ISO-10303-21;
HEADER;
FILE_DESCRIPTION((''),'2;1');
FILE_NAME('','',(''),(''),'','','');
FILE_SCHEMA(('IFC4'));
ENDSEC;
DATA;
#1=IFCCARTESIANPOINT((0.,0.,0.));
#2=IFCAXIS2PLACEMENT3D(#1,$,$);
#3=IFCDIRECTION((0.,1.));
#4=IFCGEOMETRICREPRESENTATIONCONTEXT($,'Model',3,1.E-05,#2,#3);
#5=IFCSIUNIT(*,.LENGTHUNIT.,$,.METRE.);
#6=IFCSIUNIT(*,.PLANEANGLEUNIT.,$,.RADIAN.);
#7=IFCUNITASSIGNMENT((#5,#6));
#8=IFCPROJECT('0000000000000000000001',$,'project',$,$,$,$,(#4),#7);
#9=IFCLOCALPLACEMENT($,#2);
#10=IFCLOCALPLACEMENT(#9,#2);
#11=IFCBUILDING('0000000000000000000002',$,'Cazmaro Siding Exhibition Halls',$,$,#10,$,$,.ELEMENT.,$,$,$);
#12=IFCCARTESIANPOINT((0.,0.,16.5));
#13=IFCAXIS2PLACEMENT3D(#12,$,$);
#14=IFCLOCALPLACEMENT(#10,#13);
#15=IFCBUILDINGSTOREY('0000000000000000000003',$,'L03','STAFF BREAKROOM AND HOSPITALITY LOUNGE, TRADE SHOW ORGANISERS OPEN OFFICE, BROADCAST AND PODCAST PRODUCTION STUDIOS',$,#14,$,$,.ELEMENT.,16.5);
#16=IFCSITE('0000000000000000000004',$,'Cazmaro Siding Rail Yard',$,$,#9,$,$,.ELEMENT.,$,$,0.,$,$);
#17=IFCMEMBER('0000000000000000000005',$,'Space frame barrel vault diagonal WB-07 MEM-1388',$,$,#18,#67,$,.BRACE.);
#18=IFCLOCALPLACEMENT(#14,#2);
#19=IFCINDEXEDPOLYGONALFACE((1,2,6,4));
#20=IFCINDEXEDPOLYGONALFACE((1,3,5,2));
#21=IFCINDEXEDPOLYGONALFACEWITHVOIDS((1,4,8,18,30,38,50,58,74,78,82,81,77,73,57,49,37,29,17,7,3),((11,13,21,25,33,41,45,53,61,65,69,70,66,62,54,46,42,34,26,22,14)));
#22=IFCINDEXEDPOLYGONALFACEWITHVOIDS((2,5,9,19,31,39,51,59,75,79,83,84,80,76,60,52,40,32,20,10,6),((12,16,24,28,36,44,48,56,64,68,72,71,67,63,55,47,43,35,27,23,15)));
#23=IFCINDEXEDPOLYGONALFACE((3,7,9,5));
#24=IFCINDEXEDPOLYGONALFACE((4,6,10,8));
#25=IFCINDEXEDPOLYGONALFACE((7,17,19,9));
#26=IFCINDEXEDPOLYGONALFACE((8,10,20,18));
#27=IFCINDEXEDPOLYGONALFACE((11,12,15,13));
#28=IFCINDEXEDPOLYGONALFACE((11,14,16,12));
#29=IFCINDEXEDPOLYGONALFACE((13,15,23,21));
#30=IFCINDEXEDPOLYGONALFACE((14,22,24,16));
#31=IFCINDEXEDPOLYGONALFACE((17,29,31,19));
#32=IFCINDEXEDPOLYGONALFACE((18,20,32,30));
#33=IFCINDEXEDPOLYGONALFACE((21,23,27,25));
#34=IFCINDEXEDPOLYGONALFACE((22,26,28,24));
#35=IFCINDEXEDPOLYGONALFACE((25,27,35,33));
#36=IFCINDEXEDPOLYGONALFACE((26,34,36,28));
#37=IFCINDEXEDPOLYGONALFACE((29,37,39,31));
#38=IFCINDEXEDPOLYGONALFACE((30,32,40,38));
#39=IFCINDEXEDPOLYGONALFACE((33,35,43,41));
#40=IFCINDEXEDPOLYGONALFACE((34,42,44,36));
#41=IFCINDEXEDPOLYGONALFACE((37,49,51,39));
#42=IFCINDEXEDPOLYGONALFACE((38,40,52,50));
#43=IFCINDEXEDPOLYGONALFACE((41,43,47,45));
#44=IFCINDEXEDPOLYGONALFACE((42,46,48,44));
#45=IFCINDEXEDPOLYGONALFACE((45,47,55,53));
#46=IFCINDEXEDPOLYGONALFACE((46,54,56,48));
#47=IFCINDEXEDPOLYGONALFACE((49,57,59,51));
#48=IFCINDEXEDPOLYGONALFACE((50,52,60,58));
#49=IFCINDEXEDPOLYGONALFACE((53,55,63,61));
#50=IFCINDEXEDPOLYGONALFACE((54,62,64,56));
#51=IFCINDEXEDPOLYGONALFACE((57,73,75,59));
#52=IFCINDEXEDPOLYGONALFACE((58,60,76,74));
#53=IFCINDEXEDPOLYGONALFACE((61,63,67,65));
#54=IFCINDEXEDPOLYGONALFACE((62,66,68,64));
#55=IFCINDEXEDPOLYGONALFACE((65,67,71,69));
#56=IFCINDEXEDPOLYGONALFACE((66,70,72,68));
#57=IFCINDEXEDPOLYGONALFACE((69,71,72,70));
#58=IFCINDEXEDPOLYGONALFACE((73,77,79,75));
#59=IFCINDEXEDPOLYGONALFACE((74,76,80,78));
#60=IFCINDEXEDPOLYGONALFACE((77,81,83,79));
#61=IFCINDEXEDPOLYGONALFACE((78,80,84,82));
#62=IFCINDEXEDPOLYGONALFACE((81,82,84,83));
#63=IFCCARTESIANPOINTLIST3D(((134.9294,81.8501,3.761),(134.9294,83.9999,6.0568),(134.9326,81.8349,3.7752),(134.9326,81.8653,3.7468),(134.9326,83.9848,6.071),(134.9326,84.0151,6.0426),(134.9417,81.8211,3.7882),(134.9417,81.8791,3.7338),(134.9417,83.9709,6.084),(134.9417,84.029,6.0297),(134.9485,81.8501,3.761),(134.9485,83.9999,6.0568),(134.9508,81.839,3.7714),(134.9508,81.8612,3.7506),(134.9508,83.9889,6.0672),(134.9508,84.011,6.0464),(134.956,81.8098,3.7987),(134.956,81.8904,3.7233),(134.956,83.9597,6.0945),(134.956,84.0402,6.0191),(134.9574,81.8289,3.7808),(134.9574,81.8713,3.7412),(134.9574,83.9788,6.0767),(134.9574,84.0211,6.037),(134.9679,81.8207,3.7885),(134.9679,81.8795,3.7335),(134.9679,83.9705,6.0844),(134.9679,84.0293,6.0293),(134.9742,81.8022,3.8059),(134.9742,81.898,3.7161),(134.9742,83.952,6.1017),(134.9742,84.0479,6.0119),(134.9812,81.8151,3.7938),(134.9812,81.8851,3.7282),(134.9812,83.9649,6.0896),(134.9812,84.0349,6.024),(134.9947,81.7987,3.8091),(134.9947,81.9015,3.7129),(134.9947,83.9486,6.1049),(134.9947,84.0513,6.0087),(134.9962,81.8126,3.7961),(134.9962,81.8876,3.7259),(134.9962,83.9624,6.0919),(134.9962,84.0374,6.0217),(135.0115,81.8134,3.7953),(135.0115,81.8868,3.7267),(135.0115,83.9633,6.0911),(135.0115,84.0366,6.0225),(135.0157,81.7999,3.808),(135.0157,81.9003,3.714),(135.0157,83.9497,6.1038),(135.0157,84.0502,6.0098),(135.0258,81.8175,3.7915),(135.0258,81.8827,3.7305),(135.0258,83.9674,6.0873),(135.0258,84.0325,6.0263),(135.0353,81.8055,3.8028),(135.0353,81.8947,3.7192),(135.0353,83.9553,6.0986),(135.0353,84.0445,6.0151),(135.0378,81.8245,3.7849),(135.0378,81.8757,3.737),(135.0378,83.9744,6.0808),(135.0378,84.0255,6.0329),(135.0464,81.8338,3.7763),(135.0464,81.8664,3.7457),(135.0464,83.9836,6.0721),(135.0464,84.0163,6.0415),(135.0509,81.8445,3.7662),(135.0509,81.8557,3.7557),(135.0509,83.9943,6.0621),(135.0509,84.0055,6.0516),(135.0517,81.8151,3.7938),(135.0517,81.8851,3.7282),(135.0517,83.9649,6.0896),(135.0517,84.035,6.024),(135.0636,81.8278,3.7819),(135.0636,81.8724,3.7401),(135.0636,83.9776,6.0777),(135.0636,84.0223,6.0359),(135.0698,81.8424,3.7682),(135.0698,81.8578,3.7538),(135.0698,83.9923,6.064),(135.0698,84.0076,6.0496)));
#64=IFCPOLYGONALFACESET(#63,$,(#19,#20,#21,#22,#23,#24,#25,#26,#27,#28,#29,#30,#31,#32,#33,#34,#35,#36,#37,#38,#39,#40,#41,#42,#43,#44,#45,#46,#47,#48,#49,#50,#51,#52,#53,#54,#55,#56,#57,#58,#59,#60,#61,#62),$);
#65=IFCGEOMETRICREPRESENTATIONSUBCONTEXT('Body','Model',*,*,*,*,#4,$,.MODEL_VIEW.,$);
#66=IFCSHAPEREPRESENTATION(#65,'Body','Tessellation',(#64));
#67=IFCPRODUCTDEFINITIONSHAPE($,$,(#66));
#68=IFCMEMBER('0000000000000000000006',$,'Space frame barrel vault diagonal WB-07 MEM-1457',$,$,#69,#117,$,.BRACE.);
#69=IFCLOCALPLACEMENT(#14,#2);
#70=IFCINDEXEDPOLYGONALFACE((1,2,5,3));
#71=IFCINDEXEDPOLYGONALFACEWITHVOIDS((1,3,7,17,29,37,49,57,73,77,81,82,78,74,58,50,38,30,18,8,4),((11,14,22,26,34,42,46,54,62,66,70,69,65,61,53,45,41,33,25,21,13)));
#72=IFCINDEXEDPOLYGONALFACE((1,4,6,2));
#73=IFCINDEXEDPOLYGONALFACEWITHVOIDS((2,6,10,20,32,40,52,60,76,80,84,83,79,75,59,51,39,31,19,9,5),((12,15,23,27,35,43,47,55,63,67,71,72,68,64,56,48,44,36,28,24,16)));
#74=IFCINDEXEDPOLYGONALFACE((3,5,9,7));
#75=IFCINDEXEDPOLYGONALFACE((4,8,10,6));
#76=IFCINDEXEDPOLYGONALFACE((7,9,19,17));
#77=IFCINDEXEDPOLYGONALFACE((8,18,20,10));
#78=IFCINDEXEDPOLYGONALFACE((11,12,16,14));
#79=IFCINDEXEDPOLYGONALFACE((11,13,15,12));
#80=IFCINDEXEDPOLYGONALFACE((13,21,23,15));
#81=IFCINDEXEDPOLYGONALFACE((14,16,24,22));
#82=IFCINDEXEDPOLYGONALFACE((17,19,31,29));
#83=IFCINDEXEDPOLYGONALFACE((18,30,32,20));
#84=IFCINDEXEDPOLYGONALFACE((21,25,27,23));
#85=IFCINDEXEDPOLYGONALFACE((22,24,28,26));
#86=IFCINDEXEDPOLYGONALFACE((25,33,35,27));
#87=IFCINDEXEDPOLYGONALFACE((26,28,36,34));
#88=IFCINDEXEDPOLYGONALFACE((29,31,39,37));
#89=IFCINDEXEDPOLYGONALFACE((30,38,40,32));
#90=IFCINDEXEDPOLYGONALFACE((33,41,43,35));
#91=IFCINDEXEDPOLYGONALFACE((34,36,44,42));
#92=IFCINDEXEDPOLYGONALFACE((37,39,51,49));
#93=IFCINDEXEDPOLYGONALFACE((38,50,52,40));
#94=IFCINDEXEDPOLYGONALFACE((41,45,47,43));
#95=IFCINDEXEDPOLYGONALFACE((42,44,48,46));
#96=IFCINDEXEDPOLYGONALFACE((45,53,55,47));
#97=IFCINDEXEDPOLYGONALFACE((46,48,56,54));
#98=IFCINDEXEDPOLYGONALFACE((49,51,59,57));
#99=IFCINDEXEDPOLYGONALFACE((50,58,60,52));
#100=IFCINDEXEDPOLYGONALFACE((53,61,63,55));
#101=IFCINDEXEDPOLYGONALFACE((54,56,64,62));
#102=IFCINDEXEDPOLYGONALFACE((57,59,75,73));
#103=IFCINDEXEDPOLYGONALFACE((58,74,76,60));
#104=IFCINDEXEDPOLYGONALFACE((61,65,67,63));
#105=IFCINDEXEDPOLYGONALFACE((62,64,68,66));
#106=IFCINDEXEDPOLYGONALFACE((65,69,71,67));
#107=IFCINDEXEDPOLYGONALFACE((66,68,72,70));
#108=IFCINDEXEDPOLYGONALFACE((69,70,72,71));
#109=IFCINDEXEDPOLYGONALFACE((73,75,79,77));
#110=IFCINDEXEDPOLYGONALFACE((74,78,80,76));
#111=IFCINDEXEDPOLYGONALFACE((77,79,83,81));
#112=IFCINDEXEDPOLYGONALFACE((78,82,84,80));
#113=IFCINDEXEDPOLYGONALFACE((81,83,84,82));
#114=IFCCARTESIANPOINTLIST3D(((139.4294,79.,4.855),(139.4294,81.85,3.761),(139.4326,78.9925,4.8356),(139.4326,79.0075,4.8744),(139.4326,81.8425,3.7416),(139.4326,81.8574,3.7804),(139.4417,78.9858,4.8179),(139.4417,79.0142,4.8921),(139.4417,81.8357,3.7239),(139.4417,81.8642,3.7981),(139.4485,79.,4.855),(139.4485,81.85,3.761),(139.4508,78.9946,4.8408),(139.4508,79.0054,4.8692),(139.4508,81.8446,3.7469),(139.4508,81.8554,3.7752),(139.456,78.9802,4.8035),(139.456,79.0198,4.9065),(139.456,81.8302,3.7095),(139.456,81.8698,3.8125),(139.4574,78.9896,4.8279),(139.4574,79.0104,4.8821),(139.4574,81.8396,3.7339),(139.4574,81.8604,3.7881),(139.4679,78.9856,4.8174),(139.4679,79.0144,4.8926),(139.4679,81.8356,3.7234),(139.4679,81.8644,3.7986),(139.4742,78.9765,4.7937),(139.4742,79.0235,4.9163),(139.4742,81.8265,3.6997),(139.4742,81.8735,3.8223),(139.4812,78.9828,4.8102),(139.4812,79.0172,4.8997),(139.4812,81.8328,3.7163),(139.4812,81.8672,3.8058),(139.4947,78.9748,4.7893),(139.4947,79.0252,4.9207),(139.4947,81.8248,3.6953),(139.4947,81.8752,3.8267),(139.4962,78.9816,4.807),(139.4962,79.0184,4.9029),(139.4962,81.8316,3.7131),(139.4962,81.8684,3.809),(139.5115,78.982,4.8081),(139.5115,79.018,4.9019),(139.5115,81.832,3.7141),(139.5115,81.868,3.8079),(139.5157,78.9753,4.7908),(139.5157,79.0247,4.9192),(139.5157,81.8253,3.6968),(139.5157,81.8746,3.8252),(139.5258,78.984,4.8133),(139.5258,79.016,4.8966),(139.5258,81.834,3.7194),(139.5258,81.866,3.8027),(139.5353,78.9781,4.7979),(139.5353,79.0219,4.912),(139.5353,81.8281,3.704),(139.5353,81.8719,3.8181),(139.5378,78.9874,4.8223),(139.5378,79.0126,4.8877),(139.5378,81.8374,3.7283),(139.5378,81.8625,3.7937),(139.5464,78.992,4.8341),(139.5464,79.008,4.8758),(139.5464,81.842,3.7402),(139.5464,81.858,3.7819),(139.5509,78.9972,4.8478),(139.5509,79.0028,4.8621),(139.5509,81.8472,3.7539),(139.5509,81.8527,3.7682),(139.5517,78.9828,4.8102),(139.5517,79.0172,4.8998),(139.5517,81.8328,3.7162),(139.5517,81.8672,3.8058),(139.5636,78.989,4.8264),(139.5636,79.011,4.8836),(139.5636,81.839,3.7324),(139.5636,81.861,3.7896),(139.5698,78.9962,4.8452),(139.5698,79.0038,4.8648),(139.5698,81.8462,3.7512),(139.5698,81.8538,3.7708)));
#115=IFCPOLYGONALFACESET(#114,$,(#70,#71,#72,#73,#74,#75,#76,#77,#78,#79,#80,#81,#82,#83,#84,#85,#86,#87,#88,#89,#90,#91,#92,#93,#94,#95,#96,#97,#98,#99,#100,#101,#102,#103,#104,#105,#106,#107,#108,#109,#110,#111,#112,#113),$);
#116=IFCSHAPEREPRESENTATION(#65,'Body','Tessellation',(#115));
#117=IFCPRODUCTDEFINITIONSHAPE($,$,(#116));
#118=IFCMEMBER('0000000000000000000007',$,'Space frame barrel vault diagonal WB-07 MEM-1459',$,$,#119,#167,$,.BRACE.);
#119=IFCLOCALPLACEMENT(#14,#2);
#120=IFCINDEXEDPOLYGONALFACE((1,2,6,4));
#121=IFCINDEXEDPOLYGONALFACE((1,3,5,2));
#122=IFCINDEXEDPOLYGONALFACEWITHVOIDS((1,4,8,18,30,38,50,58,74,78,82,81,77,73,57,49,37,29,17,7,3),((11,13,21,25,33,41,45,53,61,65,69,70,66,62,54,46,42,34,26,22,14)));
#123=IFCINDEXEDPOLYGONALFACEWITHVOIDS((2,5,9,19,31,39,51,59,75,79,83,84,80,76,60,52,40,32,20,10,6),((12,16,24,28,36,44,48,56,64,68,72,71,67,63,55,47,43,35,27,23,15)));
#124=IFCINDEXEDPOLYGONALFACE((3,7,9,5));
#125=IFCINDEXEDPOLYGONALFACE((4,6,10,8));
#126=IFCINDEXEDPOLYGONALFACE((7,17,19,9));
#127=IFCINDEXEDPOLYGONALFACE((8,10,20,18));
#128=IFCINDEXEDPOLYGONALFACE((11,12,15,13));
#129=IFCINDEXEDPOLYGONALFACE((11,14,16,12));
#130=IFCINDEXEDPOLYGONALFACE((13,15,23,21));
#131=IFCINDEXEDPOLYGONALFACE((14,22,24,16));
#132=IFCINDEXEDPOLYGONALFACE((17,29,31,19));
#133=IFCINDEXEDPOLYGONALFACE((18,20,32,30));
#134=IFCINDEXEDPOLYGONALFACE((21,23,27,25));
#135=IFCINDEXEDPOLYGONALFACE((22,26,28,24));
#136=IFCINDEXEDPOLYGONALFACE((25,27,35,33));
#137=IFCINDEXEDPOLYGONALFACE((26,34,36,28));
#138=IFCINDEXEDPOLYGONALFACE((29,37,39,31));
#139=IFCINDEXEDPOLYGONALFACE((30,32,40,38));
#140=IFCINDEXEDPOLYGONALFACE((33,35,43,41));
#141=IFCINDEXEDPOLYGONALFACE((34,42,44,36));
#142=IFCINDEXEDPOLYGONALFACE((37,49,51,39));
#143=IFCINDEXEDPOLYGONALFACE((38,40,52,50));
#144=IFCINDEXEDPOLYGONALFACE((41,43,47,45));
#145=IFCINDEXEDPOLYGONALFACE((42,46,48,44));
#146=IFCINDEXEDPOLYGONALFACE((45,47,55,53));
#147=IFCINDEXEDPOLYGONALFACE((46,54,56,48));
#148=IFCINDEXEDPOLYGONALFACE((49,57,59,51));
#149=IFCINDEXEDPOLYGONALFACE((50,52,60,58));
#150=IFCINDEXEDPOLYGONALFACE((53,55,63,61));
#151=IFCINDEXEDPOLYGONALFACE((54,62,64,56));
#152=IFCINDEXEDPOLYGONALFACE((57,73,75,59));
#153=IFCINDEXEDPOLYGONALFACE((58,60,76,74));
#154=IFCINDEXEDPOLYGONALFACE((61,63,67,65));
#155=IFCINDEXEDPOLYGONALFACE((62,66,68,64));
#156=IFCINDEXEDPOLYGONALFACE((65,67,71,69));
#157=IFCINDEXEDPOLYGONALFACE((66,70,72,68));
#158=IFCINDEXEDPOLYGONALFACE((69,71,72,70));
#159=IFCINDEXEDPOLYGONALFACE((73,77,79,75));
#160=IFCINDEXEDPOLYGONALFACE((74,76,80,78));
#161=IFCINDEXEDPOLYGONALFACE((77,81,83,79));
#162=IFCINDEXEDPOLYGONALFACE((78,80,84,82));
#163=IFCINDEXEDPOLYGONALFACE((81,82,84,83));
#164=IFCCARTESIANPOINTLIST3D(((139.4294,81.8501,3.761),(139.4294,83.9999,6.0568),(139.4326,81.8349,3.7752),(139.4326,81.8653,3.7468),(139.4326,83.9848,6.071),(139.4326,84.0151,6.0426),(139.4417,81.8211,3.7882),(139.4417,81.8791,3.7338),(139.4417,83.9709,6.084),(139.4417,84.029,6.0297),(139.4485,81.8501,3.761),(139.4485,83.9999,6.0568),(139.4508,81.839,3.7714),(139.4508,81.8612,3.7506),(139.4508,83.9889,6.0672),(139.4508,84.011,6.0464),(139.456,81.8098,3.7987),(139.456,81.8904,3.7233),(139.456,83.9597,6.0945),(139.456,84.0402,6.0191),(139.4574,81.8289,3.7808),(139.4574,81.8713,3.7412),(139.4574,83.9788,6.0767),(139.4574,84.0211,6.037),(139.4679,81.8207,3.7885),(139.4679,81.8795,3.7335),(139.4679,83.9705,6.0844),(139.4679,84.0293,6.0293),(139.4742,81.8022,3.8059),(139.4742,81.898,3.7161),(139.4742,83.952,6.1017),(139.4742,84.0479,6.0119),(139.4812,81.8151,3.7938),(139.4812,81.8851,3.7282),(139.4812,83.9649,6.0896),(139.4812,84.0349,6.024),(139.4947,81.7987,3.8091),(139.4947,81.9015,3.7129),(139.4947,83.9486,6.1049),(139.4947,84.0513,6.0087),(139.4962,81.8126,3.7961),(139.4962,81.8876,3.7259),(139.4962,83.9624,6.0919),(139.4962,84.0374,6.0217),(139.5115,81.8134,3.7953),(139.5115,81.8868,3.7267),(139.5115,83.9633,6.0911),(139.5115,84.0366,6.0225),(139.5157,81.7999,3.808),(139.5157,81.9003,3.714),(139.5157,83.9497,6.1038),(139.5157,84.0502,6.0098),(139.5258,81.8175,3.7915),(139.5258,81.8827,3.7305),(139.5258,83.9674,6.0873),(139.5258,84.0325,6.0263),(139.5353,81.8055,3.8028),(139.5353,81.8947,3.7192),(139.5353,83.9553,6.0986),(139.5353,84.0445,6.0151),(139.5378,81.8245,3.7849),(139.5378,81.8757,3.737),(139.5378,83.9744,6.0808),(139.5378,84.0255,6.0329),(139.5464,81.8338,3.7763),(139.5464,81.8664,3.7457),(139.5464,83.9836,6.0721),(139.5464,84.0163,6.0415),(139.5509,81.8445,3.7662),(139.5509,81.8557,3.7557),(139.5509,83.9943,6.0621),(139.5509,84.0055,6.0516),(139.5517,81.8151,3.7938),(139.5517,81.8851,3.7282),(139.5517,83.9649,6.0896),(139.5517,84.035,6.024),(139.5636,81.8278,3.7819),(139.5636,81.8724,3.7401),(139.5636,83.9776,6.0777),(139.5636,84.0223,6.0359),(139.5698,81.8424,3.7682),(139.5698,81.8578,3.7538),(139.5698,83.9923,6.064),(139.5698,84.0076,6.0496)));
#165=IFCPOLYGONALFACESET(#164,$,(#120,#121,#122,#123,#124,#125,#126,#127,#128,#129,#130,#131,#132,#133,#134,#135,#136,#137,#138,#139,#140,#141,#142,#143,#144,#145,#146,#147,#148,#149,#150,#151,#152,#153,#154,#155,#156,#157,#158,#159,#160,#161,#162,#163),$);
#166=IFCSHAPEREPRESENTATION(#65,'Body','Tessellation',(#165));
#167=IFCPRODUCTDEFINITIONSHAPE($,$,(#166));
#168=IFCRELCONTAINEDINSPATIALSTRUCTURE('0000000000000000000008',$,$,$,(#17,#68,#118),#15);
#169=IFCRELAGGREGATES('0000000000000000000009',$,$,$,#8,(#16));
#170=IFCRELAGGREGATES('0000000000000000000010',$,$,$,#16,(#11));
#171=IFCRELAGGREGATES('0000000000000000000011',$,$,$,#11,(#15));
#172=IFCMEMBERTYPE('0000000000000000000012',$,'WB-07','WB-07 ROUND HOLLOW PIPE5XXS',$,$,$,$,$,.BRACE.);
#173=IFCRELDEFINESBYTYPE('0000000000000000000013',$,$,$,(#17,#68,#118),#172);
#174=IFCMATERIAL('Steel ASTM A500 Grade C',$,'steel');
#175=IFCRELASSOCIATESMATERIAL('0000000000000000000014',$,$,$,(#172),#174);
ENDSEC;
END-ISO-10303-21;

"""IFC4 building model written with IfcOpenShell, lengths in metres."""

from ifc_helpers import new_model, si_unit, direction, frame, origin, origin_2d, place, context, subcontext, project, spatial, hollow_circle, extrude, material, material_profile, profile_set, type_object, element, save


model = new_model("IFC4")

# Units and contexts
model_context = context("Model", 3, precision=1e-05, world=origin(), true_north=direction((0.0, 1.0)))
body_context = subcontext(model_context, "Body", "Model", "MODEL_VIEW")
ifc_project = project(units=[si_unit("LENGTHUNIT", "METRE"), si_unit("PLANEANGLEUNIT", "RADIAN")], contexts=[model_context])

# Site, building, storey
site_placement = place(None, origin())
site = spatial("IfcSite", under=ifc_project, at=site_placement, Name="Cazmaro Siding Rail Yard", CompositionType="ELEMENT", RefElevation=0.0)
building_placement = place(site_placement, origin())
building = spatial("IfcBuilding", under=site, at=building_placement, Name="Cazmaro Siding Exhibition Halls", CompositionType="ELEMENT")
storey_placement = place(building_placement, frame((0.0, 0.0, 16.5)))
storey = spatial("IfcBuildingStorey", under=building, at=storey_placement, Name="L03", Description="STAFF BREAKROOM AND HOSPITALITY LOUNGE, TRADE SHOW ORGANISERS OPEN OFFICE, BROADCAST AND PODCAST PRODUCTION STUDIOS", CompositionType="ELEMENT", Elevation=16.5)

# Members
ifc_material_1 = material(Name="Steel ASTM A500 Grade C", Category="steel")
ifc_material_profile_1 = material_profile(ifc_material_1, hollow_circle(Radius=0.0706, WallThickness=0.019, at=origin_2d()), Name="PIPE5XXS")
ifc_profile_set_1 = profile_set([ifc_material_profile_1], Name="Steel ASTM A500 Grade C")
member_type_1 = type_object("IfcMemberType", Name="WB-07", Description="WB-07 ROUND HOLLOW PIPE5XXS", PredefinedType="BRACE", material=ifc_profile_set_1)
member_1_placement = place(storey_placement, frame((135.0, 81.8501, 3.761), z_axis=(0.0, 0.683518, 0.729934), x_axis=(-1.0, 0.0, 0.0)))
element("IfcMember", 1, at=member_1_placement, inside=storey, type_object=member_type_1, Name="Space frame barrel vault diagonal WB-07 MEM-1388", PredefinedType="BRACE", context=body_context, shape_type="SweptSolid", body=[
    extrude(hollow_circle(Radius=0.0706, WallThickness=0.019, at=origin_2d()), origin(), (0.0, 0.0, 1.0), 3.1453),
])
member_2_placement = place(storey_placement, frame((139.5, 79.0, 4.855), z_axis=(0.0, 0.933587, -0.358352), x_axis=(-1.0, 0.0, 0.0)))
element("IfcMember", 2, at=member_2_placement, inside=storey, type_object=member_type_1, Name="Space frame barrel vault diagonal WB-07 MEM-1457", PredefinedType="BRACE", context=body_context, shape_type="SweptSolid", body=[
    extrude(hollow_circle(Radius=0.0706, WallThickness=0.019, at=origin_2d()), origin(), (0.0, 0.0, 1.0), 3.0527),
])
member_3_placement = place(storey_placement, frame((139.5, 81.8501, 3.761), z_axis=(0.0, 0.683518, 0.729934), x_axis=(-1.0, 0.0, 0.0)))
element("IfcMember", 3, at=member_3_placement, inside=storey, type_object=member_type_1, Name="Space frame barrel vault diagonal WB-07 MEM-1459", PredefinedType="BRACE", context=body_context, shape_type="SweptSolid", body=[
    extrude(hollow_circle(Radius=0.0706, WallThickness=0.019, at=origin_2d()), origin(), (0.0, 0.0, 1.0), 3.1453),
])

save(model, "model.ifc")
